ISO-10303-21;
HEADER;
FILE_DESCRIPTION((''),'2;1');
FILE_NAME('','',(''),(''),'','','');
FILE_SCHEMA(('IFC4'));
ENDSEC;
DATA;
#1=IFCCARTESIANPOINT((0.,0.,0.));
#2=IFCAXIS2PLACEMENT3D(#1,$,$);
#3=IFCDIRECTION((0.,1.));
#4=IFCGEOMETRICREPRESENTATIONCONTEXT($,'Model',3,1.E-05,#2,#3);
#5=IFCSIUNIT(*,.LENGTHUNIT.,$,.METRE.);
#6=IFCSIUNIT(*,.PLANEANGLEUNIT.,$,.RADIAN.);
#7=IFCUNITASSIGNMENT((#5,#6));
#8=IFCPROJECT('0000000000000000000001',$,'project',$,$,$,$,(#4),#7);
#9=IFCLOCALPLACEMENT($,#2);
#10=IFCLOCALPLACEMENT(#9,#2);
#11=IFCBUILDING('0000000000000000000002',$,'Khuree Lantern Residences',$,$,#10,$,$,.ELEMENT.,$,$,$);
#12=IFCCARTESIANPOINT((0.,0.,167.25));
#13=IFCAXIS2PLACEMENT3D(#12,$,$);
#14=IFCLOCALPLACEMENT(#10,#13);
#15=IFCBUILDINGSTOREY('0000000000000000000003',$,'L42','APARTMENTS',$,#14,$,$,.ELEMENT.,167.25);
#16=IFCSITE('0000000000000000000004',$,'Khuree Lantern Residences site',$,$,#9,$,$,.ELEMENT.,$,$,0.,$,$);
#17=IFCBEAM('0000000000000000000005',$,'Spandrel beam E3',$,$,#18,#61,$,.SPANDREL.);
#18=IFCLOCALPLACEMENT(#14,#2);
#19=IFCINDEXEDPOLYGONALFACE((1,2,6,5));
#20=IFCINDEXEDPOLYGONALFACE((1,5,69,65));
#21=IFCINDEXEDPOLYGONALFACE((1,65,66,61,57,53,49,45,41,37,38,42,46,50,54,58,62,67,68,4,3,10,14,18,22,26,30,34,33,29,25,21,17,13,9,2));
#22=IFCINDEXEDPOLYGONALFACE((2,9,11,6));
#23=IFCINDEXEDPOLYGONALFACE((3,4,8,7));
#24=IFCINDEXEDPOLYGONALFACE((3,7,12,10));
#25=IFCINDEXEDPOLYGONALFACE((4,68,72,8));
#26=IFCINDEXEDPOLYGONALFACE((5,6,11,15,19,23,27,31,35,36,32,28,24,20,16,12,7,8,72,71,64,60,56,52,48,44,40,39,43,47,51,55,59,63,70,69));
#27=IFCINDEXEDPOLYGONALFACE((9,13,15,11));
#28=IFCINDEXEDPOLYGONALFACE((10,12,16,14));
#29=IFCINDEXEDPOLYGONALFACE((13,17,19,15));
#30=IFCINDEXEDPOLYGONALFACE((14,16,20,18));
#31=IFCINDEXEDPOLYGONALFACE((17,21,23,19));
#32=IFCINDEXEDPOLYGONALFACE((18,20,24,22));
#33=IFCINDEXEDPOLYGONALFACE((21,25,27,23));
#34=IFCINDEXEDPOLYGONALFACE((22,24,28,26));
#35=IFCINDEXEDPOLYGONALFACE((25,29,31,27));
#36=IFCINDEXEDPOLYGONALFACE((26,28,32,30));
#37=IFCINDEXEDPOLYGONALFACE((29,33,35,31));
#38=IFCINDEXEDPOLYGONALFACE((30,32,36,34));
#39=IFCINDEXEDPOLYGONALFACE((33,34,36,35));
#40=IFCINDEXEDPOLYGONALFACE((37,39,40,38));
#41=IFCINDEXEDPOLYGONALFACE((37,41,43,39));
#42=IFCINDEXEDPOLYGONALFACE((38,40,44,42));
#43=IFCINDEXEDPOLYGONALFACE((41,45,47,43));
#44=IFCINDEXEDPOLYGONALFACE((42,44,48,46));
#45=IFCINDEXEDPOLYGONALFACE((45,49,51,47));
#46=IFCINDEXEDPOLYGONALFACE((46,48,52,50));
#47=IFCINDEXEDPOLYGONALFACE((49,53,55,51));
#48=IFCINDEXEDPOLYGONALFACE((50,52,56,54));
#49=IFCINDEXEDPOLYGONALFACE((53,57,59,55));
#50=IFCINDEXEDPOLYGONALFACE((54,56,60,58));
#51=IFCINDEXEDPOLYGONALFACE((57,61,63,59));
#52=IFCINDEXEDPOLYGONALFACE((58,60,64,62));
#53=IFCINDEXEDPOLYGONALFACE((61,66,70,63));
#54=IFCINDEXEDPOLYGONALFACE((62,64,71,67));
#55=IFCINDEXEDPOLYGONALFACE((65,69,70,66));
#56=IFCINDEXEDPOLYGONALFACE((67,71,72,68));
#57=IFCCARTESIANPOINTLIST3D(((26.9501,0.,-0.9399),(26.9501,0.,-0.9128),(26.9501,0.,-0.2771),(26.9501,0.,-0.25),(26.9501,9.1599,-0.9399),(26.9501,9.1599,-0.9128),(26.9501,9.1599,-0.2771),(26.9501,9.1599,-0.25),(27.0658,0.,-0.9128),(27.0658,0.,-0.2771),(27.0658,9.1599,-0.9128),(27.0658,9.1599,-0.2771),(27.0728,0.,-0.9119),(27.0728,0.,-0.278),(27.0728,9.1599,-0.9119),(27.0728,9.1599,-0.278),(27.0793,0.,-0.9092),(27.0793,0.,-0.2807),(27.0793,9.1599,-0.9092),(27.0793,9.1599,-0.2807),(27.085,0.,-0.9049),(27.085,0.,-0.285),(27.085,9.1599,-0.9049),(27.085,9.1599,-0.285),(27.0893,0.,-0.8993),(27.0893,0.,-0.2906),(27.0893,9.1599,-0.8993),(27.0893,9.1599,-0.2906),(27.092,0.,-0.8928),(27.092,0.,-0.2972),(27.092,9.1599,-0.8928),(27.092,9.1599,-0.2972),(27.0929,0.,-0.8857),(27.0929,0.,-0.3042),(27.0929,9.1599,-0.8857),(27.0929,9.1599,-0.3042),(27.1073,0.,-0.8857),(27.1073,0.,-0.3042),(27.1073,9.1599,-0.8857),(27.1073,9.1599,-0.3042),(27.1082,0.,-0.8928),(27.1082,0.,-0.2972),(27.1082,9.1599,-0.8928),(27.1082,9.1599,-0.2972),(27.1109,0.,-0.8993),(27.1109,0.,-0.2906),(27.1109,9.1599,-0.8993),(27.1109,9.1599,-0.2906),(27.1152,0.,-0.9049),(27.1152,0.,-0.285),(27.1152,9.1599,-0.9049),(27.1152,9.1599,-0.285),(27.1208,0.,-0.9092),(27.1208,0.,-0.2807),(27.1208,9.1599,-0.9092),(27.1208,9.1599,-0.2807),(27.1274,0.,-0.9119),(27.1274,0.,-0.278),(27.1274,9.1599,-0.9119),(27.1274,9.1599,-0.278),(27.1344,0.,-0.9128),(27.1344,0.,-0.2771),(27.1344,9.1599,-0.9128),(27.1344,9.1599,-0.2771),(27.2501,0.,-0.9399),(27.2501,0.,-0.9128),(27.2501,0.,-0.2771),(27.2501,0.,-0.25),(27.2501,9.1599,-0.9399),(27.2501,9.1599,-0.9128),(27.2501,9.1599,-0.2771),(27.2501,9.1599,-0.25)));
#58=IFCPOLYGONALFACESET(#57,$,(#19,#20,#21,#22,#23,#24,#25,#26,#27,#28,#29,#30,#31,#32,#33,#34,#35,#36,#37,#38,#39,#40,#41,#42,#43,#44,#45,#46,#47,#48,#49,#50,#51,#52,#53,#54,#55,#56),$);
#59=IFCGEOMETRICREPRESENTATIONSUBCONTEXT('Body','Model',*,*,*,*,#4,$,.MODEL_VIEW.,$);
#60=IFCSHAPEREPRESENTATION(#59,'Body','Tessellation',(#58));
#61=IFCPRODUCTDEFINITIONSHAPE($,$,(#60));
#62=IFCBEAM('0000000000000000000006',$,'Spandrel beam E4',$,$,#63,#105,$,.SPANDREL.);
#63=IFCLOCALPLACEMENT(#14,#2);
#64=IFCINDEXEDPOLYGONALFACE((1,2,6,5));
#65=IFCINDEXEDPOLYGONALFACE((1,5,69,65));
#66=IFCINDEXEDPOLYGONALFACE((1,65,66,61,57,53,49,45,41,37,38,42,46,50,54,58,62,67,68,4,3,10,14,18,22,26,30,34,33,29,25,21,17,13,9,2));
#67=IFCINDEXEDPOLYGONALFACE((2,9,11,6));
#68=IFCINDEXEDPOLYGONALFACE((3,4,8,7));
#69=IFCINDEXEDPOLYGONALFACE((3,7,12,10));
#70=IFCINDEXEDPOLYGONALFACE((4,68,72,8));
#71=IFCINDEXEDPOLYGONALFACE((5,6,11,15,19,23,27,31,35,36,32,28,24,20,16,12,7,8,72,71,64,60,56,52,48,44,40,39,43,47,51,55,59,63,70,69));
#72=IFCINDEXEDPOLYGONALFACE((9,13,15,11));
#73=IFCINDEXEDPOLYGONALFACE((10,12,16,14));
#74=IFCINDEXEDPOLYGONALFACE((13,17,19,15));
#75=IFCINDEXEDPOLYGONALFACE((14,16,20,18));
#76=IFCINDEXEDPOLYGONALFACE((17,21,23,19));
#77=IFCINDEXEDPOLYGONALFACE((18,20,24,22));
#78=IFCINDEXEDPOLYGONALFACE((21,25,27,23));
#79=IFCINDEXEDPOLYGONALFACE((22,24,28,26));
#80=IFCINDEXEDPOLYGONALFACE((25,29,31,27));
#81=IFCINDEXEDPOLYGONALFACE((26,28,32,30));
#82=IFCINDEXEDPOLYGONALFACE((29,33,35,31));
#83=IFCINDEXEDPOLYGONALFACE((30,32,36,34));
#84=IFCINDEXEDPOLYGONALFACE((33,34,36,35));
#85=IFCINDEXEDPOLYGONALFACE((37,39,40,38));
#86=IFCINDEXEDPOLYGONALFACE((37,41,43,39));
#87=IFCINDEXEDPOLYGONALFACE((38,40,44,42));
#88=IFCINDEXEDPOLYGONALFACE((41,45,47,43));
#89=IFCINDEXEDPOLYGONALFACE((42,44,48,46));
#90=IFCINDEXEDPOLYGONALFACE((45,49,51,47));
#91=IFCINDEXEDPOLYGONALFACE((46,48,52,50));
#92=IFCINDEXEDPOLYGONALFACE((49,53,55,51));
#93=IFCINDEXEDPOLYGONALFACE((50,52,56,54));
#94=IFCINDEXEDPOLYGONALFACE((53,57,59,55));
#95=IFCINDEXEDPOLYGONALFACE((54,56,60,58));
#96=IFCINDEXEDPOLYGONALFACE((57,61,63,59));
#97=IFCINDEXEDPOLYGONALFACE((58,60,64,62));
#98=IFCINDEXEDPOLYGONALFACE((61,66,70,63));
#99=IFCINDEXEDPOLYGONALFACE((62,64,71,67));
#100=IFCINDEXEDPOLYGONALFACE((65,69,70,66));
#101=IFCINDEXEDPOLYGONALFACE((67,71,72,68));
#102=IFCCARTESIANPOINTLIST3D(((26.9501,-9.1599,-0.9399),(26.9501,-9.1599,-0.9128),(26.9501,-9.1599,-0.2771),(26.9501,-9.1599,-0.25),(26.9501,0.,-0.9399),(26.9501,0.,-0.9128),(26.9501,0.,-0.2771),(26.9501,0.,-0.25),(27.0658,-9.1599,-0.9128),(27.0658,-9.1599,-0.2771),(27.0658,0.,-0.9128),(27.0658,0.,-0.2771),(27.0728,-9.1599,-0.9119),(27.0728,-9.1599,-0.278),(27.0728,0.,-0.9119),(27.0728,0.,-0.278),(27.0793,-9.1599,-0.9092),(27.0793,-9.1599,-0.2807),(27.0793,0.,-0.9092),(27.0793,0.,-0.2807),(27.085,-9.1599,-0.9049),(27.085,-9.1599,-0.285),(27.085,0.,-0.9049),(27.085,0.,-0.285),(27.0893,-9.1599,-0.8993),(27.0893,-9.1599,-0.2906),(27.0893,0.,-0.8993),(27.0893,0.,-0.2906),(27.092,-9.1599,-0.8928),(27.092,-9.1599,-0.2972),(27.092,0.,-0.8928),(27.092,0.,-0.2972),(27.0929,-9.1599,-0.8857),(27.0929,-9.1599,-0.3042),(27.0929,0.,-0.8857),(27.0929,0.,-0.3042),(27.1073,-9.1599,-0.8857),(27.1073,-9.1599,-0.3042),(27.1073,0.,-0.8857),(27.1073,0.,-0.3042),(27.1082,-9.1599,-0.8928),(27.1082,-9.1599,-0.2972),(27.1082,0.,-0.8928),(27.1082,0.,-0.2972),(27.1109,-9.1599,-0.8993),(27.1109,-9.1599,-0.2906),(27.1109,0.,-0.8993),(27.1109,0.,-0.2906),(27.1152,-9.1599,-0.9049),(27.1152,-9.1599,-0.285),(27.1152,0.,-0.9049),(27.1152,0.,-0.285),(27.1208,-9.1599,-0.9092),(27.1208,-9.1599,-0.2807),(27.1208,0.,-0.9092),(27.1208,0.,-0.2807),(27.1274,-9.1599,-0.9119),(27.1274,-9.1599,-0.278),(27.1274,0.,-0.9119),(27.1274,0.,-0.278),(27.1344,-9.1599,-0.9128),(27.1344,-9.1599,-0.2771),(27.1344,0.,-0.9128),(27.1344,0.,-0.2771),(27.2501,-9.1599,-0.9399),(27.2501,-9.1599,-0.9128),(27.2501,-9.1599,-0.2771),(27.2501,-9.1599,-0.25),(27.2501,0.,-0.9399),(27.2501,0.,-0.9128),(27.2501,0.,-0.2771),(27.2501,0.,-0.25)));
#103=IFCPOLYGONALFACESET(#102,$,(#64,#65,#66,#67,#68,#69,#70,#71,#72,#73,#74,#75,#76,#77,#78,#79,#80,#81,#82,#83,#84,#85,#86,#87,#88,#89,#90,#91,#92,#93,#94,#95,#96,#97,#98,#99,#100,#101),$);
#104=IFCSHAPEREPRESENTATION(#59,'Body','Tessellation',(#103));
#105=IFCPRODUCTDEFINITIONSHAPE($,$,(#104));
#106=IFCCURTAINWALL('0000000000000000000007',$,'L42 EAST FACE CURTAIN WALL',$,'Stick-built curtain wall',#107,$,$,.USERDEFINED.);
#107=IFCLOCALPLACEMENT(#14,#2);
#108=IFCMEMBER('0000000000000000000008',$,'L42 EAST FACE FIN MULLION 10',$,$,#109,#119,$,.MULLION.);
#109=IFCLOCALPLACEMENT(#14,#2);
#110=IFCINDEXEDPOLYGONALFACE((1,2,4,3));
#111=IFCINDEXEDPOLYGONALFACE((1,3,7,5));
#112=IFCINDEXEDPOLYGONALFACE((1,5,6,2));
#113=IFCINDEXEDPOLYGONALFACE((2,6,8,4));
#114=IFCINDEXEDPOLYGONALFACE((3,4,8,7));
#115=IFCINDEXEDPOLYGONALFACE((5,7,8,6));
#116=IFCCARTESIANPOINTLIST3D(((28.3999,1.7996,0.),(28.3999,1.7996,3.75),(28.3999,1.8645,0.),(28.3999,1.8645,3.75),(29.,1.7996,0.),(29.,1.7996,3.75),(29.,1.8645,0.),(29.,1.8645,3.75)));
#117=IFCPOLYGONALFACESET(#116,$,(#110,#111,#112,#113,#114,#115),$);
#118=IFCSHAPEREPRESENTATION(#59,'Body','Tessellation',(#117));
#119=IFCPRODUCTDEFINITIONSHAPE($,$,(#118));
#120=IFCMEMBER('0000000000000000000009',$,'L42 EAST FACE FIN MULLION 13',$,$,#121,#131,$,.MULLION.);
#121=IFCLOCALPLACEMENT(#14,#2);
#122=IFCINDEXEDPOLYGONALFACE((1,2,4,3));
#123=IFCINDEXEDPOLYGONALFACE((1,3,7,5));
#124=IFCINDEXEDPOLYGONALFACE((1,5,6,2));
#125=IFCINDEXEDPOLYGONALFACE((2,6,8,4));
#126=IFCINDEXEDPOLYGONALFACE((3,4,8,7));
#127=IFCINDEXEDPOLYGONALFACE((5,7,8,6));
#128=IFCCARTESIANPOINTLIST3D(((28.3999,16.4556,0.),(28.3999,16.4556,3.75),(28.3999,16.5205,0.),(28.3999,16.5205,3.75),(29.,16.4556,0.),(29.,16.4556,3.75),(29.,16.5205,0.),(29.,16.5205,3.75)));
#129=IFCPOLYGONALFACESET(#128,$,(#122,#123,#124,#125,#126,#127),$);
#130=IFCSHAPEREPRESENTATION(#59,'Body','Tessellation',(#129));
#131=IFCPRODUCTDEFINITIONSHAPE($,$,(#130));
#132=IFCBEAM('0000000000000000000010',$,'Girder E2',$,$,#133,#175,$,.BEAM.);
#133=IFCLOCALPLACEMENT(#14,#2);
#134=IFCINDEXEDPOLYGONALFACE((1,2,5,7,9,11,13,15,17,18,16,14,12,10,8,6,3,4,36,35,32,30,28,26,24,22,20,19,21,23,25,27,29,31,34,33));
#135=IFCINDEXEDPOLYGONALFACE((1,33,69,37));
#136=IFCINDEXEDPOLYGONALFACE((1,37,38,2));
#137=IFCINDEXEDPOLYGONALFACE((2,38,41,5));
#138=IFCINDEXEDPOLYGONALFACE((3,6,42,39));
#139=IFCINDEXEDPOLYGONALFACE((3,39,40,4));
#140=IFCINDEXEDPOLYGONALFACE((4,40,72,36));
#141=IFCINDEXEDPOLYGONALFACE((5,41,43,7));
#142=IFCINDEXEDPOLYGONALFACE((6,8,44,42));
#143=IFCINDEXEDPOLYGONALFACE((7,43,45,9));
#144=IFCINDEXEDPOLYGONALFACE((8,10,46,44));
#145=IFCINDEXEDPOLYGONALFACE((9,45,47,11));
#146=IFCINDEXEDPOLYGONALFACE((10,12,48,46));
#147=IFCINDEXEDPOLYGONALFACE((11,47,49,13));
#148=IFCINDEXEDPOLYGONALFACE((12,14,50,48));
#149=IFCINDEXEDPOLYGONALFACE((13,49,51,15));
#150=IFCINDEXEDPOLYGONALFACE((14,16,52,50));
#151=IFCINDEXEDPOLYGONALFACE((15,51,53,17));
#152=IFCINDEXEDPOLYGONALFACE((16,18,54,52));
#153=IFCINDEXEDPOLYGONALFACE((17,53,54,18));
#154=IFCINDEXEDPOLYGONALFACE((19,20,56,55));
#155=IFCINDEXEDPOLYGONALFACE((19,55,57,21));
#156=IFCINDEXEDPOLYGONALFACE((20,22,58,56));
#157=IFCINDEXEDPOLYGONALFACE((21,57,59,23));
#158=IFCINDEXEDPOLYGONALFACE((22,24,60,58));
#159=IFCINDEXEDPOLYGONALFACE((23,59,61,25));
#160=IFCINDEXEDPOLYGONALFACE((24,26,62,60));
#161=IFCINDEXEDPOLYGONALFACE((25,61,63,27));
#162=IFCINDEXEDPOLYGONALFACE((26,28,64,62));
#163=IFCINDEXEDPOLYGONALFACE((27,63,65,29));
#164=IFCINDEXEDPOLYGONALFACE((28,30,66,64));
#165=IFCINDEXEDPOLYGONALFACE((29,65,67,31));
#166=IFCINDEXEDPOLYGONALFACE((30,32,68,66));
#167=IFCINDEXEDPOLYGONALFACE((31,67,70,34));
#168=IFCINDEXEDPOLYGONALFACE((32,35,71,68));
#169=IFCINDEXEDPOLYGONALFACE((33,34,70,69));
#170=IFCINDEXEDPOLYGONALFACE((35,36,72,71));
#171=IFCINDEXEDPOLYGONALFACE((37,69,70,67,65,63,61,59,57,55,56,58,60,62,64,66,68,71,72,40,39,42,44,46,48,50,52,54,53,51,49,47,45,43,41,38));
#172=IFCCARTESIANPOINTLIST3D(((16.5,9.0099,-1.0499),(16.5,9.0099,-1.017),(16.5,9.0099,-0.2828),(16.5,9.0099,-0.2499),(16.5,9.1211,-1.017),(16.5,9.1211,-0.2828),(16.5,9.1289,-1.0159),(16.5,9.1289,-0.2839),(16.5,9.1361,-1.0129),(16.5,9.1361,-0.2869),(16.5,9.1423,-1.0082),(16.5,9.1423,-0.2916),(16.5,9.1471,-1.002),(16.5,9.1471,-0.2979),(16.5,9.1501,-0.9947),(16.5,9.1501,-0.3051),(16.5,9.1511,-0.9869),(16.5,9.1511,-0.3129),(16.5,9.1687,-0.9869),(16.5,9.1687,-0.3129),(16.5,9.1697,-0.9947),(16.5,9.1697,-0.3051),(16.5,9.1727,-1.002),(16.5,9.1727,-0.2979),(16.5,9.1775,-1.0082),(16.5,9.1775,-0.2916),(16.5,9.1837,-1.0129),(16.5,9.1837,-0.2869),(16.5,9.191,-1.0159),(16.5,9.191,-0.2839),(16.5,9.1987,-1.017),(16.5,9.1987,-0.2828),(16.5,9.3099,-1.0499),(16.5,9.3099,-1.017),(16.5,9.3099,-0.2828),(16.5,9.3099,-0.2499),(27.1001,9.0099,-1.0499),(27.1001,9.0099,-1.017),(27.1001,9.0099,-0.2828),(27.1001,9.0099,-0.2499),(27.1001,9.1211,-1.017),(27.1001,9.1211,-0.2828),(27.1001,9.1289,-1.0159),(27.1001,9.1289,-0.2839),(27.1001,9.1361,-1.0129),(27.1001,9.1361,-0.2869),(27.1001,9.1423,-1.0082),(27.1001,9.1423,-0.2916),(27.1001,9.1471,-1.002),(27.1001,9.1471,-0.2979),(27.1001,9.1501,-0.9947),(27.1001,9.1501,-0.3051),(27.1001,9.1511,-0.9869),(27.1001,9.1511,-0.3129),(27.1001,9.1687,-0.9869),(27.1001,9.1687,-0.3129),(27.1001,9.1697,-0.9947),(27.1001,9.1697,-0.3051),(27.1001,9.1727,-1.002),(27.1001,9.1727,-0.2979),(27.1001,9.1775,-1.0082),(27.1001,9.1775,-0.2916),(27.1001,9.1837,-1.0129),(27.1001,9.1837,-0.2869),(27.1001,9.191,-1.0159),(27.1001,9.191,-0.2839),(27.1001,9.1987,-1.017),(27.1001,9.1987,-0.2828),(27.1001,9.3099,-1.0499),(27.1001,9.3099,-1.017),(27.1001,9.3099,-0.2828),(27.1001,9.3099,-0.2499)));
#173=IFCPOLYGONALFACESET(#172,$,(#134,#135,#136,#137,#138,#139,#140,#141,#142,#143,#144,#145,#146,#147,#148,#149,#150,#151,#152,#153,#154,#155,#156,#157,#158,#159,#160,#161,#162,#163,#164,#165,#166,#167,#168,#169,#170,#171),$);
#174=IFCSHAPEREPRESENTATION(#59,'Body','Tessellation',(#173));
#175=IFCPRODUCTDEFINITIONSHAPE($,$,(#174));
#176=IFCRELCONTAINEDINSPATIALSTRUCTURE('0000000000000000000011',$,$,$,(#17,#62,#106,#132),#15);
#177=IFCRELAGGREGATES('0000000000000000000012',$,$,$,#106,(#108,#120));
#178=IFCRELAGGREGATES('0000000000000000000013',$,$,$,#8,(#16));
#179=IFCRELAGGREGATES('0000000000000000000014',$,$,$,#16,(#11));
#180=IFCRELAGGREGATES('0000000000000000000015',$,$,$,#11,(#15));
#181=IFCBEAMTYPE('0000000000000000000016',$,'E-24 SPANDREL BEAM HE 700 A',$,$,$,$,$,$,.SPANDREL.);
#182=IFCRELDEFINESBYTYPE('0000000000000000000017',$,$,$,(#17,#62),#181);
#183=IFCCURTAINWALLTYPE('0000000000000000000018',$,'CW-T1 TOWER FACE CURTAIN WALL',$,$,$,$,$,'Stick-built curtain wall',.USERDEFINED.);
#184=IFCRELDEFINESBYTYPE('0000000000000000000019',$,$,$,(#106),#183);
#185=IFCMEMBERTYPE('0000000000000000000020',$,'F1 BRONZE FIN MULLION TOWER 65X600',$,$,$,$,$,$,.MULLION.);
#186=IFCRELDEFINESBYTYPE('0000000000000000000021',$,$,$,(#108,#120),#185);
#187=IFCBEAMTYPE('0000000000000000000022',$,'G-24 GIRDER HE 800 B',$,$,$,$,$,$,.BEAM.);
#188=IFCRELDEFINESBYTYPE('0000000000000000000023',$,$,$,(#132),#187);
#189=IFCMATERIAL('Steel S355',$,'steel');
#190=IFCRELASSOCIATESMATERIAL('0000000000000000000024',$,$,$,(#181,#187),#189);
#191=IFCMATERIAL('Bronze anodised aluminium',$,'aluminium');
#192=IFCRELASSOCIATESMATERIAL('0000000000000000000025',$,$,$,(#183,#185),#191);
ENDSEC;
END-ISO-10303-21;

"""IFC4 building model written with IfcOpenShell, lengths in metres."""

from ifc_helpers import new_model, si_unit, direction, frame, origin, origin_2d, place, context, subcontext, project, spatial, rectangle, i_section, extrude, material, material_profile, profile_set, type_object, element, aggregate, save


model = new_model("IFC4")

# Units and contexts
model_context = context("Model", 3, precision=1e-05, world=origin(), true_north=direction((0.0, 1.0)))
body_context = subcontext(model_context, "Body", "Model", "MODEL_VIEW")
ifc_project = project(units=[si_unit("LENGTHUNIT", "METRE"), si_unit("PLANEANGLEUNIT", "RADIAN")], contexts=[model_context])

# Site, building, storey
site_placement = place(None, origin())
site = spatial("IfcSite", under=ifc_project, at=site_placement, Name="Khuree Lantern Residences site", CompositionType="ELEMENT", RefElevation=0.0)
building_placement = place(site_placement, origin())
building = spatial("IfcBuilding", under=site, at=building_placement, Name="Khuree Lantern Residences", CompositionType="ELEMENT")
storey_placement = place(building_placement, frame((0.0, 0.0, 167.25)))
storey = spatial("IfcBuildingStorey", under=building, at=storey_placement, Name="L42", Description="APARTMENTS", CompositionType="ELEMENT", Elevation=167.25)

# Beams
ifc_material_1 = material(Name="Steel S355", Category="steel")
ifc_material_profile_1 = material_profile(ifc_material_1, i_section(OverallWidth=0.3, OverallDepth=0.6899, WebThickness=0.0144, FlangeThickness=0.0271, FilletRadius=0.0271, at=origin_2d()), Name="HE 700 A")
ifc_profile_set_1 = profile_set([ifc_material_profile_1], Name="Steel S355")
beam_type_1 = type_object("IfcBeamType", Name="E-24 SPANDREL BEAM HE 700 A", PredefinedType="SPANDREL", material=ifc_profile_set_1)
for number, where, z_axis, x_axis, name in (
    (1, (27.1001, 9.1599, -0.595), (0.0, -1.0, 0.0), (1.0, 0.0, 0.0), "Spandrel beam E3"),
    (2, (27.1001, 0.0, -0.595), (0.0, -1.0, 0.0), (1.0, 0.0, 0.0), "Spandrel beam E4"),
):
    element("IfcBeam", number, at=place(storey_placement, frame(where, z_axis=z_axis, x_axis=x_axis)), inside=storey, type_object=beam_type_1, Name=name, PredefinedType="SPANDREL", context=body_context, shape_type="SweptSolid", body=[
        extrude(i_section(OverallWidth=0.3, OverallDepth=0.6899, WebThickness=0.0144, FlangeThickness=0.0271, FilletRadius=0.0271, at=origin_2d()), origin(), (0.0, 0.0, 1.0), 9.1599),
    ])

# Curtain wall, members
ifc_material_2 = material(Name="Bronze anodised aluminium", Category="aluminium")
curtain_wall_type = type_object("IfcCurtainWallType", Name="CW-T1 TOWER FACE CURTAIN WALL", ElementType="Stick-built curtain wall", PredefinedType="USERDEFINED", material=ifc_material_2)
curtain_wall_placement = place(storey_placement, origin())
curtain_wall = element("IfcCurtainWall", 3, at=curtain_wall_placement, inside=storey, type_object=curtain_wall_type, Name="L42 EAST FACE CURTAIN WALL", ObjectType="Stick-built curtain wall", PredefinedType="USERDEFINED")
ifc_material_profile_2 = material_profile(ifc_material_2, rectangle(XDim=0.0649, YDim=0.6001, at=origin_2d()), Name="F1 65X600")
ifc_profile_set_2 = profile_set([ifc_material_profile_2], Name="Bronze anodised aluminium")
member_type_1 = type_object("IfcMemberType", Name="F1 BRONZE FIN MULLION TOWER 65X600", PredefinedType="MULLION", material=ifc_profile_set_2)
member_1_placement = place(storey_placement, frame((28.7, 1.832, 0.0), z_axis=(0.0, 0.0, 1.0), x_axis=(0.0, 1.0, 0.0)))
member_1 = element("IfcMember", 4, at=member_1_placement, type_object=member_type_1, Name="L42 EAST FACE FIN MULLION 10", PredefinedType="MULLION", context=body_context, shape_type="SweptSolid", body=[
    extrude(rectangle(XDim=0.0649, YDim=0.6001, at=origin_2d()), origin(), (0.0, 0.0, 1.0), 3.75),
])
member_2_placement = place(storey_placement, frame((28.7, 16.488, 0.0), z_axis=(0.0, 0.0, 1.0), x_axis=(0.0, 1.0, 0.0)))
member_2 = element("IfcMember", 5, at=member_2_placement, type_object=member_type_1, Name="L42 EAST FACE FIN MULLION 13", PredefinedType="MULLION", context=body_context, shape_type="SweptSolid", body=[
    extrude(rectangle(XDim=0.0649, YDim=0.6001, at=origin_2d()), origin(), (0.0, 0.0, 1.0), 3.75),
])

# Beam
ifc_material_profile_3 = material_profile(ifc_material_1, i_section(OverallWidth=0.3, OverallDepth=0.8, WebThickness=0.0176, FlangeThickness=0.033, FilletRadius=0.03, at=origin_2d()), Name="HE 800 B")
ifc_profile_set_3 = profile_set([ifc_material_profile_3], Name="Steel S355")
beam_type_2 = type_object("IfcBeamType", Name="G-24 GIRDER HE 800 B", PredefinedType="BEAM", material=ifc_profile_set_3)
for number, where, z_axis, x_axis, name in (
    (6, (27.1001, 9.1599, -0.6499), (-1.0, 0.0, 0.0), (0.0, -1.0, 0.0), "Girder E2"),
):
    element("IfcBeam", number, at=place(storey_placement, frame(where, z_axis=z_axis, x_axis=x_axis)), inside=storey, type_object=beam_type_2, Name=name, PredefinedType="BEAM", context=body_context, shape_type="SweptSolid", body=[
        extrude(i_section(OverallWidth=0.3, OverallDepth=0.8, WebThickness=0.0176, FlangeThickness=0.033, FilletRadius=0.03, at=origin_2d()), origin(), (0.0, 0.0, 1.0), 10.6001),
    ])

aggregate(curtain_wall, [member_1, member_2])

save(model, "model.ifc")
